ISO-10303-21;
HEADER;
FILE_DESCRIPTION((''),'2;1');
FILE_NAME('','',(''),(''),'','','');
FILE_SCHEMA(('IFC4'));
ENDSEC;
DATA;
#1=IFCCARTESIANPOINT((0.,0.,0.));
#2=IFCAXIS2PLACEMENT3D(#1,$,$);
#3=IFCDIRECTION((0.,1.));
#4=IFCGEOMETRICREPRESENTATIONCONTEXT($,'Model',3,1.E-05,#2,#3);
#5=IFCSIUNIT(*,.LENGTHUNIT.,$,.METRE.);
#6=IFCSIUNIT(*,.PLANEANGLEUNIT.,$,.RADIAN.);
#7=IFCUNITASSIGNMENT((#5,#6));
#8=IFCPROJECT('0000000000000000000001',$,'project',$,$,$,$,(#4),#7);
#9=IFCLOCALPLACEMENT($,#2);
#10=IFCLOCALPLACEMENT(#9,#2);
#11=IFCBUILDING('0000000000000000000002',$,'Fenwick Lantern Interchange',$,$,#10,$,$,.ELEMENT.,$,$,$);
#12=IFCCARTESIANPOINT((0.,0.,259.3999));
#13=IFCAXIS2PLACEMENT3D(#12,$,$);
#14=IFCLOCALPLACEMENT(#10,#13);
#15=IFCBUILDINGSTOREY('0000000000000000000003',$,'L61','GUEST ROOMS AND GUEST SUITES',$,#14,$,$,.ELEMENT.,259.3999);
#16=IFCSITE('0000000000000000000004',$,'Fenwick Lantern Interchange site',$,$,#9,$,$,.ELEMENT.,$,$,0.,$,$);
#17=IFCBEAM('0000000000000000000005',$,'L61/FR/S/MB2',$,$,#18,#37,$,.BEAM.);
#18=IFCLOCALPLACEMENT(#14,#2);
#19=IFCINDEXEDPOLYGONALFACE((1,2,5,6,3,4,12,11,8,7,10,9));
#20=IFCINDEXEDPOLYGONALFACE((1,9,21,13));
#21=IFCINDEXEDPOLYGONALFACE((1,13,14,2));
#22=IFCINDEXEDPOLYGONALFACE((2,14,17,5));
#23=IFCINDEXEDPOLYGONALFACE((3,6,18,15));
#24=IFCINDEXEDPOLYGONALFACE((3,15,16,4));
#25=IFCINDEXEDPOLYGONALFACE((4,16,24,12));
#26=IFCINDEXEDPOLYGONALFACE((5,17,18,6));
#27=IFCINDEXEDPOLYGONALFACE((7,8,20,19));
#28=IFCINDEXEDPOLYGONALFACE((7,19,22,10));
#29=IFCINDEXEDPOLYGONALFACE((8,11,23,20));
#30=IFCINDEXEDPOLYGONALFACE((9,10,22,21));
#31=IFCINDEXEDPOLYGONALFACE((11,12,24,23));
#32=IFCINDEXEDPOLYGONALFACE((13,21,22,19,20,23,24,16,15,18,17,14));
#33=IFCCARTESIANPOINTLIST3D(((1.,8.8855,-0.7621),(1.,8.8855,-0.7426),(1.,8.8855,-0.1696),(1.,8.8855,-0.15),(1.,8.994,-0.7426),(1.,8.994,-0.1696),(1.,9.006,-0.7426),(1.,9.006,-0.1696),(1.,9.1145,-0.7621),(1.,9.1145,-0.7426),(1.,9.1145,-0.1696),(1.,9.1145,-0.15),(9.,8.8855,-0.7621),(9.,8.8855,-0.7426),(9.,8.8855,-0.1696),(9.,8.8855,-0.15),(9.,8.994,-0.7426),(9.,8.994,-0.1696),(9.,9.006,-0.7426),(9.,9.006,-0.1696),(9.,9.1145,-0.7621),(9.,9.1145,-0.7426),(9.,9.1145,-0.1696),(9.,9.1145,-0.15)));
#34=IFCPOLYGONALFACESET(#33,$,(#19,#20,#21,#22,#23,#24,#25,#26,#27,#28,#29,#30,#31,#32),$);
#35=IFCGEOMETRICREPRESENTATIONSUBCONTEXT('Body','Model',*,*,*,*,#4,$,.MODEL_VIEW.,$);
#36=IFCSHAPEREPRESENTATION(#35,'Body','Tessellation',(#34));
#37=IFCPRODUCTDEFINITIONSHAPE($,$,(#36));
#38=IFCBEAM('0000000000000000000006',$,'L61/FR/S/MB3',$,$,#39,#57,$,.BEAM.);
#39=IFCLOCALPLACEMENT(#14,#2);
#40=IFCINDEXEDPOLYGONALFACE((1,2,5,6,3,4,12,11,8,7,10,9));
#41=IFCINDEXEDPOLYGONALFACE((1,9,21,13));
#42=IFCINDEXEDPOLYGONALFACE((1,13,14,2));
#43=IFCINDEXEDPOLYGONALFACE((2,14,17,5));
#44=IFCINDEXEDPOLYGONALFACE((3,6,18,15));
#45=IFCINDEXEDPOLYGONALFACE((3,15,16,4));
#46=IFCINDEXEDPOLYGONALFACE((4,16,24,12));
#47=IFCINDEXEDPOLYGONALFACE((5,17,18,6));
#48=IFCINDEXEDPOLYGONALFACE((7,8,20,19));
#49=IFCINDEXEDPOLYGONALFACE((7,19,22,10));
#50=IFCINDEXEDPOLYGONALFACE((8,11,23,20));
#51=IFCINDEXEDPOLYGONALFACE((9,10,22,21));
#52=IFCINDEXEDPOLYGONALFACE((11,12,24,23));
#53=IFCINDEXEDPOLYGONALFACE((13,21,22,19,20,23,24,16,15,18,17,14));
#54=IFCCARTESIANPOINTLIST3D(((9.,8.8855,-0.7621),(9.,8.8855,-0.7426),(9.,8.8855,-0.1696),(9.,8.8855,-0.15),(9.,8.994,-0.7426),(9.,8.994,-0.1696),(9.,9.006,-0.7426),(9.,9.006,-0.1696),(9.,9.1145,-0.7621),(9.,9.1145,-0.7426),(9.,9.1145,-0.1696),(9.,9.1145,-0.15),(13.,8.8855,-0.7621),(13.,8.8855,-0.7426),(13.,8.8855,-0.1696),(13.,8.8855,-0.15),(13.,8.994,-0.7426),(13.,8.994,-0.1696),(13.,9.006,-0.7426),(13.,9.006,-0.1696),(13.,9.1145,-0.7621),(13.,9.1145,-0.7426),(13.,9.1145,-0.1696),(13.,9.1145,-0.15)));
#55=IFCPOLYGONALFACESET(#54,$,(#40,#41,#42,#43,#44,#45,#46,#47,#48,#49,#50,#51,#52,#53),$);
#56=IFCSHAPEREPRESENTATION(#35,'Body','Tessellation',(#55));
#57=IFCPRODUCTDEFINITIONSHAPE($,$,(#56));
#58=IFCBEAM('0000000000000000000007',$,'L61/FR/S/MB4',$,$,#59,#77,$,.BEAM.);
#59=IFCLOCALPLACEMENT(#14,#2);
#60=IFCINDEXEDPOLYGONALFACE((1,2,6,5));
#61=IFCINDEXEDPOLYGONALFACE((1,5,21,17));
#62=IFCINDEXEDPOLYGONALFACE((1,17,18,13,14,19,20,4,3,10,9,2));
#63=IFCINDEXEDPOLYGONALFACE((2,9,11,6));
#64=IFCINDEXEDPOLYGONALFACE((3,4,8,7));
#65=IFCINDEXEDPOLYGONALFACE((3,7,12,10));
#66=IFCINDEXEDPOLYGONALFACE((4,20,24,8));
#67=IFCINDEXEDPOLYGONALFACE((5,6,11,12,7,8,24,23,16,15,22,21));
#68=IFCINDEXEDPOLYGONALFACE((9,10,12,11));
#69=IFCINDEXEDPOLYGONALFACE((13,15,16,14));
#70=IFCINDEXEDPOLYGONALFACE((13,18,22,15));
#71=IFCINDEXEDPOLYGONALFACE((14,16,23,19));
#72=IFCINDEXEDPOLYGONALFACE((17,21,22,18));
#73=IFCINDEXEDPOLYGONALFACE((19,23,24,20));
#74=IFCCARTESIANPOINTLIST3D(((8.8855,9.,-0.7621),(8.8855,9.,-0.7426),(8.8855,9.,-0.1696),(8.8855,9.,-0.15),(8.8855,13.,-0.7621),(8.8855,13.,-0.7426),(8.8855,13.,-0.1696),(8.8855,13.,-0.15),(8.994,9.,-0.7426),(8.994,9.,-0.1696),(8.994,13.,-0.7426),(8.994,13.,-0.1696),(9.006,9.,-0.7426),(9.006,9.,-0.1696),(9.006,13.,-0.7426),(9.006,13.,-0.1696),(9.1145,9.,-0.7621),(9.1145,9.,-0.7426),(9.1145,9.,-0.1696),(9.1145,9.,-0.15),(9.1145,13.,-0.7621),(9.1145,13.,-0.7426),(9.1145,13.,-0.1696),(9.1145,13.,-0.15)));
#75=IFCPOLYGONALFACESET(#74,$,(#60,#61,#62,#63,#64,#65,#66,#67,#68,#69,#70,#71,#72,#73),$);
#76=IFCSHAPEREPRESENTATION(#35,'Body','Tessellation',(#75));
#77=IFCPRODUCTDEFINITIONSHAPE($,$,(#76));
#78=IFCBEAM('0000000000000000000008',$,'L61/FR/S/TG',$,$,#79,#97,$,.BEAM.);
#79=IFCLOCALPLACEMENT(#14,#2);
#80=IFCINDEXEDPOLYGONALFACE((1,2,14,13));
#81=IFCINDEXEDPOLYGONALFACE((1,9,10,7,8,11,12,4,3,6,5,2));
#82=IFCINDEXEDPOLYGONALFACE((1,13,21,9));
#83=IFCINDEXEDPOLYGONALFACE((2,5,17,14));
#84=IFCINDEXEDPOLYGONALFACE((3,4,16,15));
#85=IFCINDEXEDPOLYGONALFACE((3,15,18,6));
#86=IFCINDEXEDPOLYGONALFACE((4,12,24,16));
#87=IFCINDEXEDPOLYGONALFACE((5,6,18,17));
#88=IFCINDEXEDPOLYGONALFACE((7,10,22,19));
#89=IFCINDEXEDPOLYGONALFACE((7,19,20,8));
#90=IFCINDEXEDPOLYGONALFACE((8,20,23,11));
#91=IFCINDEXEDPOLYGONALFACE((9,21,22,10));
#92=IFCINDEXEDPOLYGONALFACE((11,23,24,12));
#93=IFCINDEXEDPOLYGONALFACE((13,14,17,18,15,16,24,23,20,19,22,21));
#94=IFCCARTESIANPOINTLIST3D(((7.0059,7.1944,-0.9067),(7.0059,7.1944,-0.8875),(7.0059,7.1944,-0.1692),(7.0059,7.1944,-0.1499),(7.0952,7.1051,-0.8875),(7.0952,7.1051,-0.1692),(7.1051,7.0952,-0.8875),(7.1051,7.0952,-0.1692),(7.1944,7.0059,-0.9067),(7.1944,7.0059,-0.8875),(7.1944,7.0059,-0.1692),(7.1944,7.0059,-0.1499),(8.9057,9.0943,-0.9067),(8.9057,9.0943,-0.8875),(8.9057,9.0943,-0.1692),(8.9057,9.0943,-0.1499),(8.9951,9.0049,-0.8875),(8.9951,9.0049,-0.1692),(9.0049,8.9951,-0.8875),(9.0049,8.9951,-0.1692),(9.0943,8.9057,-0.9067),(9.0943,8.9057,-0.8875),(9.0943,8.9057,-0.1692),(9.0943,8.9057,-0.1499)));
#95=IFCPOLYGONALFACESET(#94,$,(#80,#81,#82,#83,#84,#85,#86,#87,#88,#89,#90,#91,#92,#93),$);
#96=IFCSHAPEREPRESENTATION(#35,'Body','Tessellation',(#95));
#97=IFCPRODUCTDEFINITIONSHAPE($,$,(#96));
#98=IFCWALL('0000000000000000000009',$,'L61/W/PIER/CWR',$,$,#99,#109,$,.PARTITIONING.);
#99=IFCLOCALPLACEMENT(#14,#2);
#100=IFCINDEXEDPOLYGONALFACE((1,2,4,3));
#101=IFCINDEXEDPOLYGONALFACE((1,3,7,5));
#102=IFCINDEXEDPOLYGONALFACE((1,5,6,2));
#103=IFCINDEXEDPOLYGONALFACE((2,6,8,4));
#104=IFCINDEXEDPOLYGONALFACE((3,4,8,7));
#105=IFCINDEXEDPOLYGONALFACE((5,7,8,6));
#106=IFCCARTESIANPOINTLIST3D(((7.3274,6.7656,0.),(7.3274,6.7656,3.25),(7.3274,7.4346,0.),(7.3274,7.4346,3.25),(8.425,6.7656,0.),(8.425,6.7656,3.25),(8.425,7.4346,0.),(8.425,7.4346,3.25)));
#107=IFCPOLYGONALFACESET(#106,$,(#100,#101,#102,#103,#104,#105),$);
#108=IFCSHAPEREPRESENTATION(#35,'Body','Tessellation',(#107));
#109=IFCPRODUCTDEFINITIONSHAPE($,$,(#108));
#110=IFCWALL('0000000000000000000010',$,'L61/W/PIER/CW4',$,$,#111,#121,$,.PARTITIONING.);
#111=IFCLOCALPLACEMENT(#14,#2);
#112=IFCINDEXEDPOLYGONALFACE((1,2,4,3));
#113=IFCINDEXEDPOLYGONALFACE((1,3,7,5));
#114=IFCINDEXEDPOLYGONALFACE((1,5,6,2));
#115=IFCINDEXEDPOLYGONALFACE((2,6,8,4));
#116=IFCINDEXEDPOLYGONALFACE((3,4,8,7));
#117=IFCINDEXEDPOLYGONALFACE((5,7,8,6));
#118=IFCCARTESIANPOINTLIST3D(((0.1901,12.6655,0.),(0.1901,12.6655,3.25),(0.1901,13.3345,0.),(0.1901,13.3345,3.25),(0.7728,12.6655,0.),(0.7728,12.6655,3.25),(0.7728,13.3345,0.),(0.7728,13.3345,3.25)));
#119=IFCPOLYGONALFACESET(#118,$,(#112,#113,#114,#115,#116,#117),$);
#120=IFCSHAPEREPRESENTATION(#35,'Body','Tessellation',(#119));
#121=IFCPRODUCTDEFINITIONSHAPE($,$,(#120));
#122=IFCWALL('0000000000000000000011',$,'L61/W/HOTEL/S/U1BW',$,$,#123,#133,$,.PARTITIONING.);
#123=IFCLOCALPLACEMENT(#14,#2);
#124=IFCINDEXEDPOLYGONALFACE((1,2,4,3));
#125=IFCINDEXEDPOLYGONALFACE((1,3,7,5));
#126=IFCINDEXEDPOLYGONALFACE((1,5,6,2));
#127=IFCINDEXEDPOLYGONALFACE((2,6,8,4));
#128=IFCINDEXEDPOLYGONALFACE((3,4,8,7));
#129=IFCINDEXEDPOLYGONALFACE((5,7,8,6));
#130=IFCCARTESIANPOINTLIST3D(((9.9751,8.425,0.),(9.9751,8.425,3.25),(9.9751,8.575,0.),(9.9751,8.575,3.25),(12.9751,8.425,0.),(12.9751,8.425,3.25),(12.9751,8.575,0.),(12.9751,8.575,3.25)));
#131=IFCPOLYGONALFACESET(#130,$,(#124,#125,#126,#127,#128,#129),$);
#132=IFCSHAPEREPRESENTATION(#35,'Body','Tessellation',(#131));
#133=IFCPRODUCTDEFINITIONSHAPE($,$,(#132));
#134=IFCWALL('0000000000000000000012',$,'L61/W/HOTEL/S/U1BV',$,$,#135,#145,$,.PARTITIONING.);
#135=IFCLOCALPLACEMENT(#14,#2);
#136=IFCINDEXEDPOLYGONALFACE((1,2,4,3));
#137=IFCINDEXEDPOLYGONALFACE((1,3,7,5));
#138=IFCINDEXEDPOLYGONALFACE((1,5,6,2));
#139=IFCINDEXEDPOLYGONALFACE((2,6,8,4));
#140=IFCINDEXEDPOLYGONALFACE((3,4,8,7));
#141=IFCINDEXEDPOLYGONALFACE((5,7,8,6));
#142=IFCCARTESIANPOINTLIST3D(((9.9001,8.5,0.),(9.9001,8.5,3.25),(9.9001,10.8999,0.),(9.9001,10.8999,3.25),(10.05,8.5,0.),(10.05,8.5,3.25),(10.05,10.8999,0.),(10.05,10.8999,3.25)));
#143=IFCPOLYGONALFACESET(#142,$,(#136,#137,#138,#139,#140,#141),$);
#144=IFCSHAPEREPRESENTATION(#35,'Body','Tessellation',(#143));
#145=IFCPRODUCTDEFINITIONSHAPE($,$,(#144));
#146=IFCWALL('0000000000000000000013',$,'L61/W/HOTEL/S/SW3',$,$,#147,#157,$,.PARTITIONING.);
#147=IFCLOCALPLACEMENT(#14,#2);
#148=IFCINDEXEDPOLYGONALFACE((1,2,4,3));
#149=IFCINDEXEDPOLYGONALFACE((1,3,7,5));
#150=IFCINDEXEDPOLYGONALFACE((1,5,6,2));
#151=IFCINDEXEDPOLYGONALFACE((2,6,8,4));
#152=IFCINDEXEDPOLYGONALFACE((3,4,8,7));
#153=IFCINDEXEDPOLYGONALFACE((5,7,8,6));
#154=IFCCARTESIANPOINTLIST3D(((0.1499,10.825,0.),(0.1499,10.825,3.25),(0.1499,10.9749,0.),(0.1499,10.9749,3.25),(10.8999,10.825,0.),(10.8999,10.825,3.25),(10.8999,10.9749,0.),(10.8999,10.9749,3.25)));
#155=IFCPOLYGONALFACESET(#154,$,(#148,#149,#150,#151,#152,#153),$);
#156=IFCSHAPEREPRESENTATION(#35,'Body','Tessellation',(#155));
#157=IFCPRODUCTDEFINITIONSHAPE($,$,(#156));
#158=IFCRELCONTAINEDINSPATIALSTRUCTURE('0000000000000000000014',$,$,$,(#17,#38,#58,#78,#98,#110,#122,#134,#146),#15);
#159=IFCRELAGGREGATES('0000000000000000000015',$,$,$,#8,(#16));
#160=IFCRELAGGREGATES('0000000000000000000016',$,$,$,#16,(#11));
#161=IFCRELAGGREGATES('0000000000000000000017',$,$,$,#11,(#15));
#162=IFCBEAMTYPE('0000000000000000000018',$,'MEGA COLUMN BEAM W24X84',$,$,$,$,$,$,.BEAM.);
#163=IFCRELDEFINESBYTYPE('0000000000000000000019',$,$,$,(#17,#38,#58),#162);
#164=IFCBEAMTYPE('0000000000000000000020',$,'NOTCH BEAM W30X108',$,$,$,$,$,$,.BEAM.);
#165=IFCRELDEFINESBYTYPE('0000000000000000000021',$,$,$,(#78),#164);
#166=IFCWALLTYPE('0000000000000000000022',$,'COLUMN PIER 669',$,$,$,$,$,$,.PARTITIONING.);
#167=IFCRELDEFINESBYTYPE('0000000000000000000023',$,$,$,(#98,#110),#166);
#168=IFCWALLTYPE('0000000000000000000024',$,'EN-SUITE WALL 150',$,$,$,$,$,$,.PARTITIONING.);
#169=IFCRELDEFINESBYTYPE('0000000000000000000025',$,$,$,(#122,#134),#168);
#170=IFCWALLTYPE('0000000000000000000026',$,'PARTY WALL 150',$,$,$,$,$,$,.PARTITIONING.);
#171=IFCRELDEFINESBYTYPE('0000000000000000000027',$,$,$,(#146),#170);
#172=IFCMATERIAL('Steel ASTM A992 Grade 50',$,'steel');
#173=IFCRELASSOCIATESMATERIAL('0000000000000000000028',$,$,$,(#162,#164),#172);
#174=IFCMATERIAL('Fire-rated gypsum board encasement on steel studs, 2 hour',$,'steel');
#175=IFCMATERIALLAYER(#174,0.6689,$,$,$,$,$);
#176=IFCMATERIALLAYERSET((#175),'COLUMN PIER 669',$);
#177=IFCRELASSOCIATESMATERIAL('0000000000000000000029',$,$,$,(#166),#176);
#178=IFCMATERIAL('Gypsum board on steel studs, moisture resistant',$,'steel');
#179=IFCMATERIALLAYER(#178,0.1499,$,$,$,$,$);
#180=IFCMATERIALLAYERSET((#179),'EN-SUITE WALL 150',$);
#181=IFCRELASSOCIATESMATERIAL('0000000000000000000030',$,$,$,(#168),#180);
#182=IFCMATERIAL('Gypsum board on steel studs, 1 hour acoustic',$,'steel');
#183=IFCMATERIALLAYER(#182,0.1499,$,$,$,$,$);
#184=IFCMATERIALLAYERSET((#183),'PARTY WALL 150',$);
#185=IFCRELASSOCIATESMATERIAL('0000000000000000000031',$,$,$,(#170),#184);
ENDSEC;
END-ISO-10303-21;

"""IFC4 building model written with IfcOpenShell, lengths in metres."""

from ifc_helpers import new_model, si_unit, direction, frame, frame_2d, origin, origin_2d, place, context, subcontext, project, spatial, rectangle, i_section, extrude, material, layer, layer_set, material_profile, profile_set, type_object, element, save


model = new_model("IFC4")

# Units and contexts
model_context = context("Model", 3, precision=1e-05, world=origin(), true_north=direction((0.0, 1.0)))
body_context = subcontext(model_context, "Body", "Model", "MODEL_VIEW")
ifc_project = project(units=[si_unit("LENGTHUNIT", "METRE"), si_unit("PLANEANGLEUNIT", "RADIAN")], contexts=[model_context])

# Site, building, storey
site_placement = place(None, origin())
site = spatial("IfcSite", under=ifc_project, at=site_placement, Name="Fenwick Lantern Interchange site", CompositionType="ELEMENT", RefElevation=0.0)
building_placement = place(site_placement, origin())
building = spatial("IfcBuilding", under=site, at=building_placement, Name="Fenwick Lantern Interchange", CompositionType="ELEMENT")
storey_placement = place(building_placement, frame((0.0, 0.0, 259.3999)))
storey = spatial("IfcBuildingStorey", under=building, at=storey_placement, Name="L61", Description="GUEST ROOMS AND GUEST SUITES", CompositionType="ELEMENT", Elevation=259.3999)

# Shared definitions
ifc_material_1 = material(Name="Steel ASTM A992 Grade 50", Category="steel")

# Beams
ifc_material_profile_1 = material_profile(ifc_material_1, i_section(OverallWidth=0.229, OverallDepth=0.6121, WebThickness=0.012, FlangeThickness=0.0195, at=origin_2d()), Name="W24X84")
ifc_profile_set_1 = profile_set([ifc_material_profile_1], Name="Steel ASTM A992 Grade 50")
beam_type_1 = type_object("IfcBeamType", Name="MEGA COLUMN BEAM W24X84", PredefinedType="BEAM", material=ifc_profile_set_1)
for number, where, z_axis, x_axis, name in (
    (1, (9.0, 9.0, -0.4561), (-1.0, 0.0, 0.0), (0.0, -1.0, 0.0), "L61/FR/S/MB2"),
):
    element("IfcBeam", number, at=place(storey_placement, frame(where, z_axis=z_axis, x_axis=x_axis)), inside=storey, type_object=beam_type_1, Name=name, PredefinedType="BEAM", context=body_context, shape_type="SweptSolid", body=[
        extrude(i_section(OverallWidth=0.229, OverallDepth=0.6121, WebThickness=0.012, FlangeThickness=0.0195, at=origin_2d()), origin(), (0.0, 0.0, 1.0), 8.0),
    ])
for number, where, z_axis, x_axis, name in (
    (2, (9.0, 9.0, -0.4561), (1.0, 0.0, 0.0), (0.0, 1.0, 0.0), "L61/FR/S/MB3"),
    (3, (9.0, 9.0, -0.4561), (0.0, 1.0, 0.0), (-1.0, 0.0, 0.0), "L61/FR/S/MB4"),
):
    element("IfcBeam", number, at=place(storey_placement, frame(where, z_axis=z_axis, x_axis=x_axis)), inside=storey, type_object=beam_type_1, Name=name, PredefinedType="BEAM", context=body_context, shape_type="SweptSolid", body=[
        extrude(i_section(OverallWidth=0.229, OverallDepth=0.6121, WebThickness=0.012, FlangeThickness=0.0195, at=origin_2d()), origin(), (0.0, 0.0, 1.0), 4.0),
    ])
ifc_material_profile_2 = material_profile(ifc_material_1, i_section(OverallWidth=0.2666, OverallDepth=0.7568, WebThickness=0.0139, FlangeThickness=0.0193, at=origin_2d()), Name="W30X108")
ifc_profile_set_2 = profile_set([ifc_material_profile_2], Name="Steel ASTM A992 Grade 50")
beam_type_2 = type_object("IfcBeamType", Name="NOTCH BEAM W30X108", PredefinedType="BEAM", material=ifc_profile_set_2)
beam_1_placement = place(storey_placement, frame((9.0, 9.0, -0.5283), z_axis=(-0.707107, -0.707107, 0.0), x_axis=(0.707107, -0.707107, 0.0)))
element("IfcBeam", 4, at=beam_1_placement, inside=storey, type_object=beam_type_2, Name="L61/FR/S/TG", PredefinedType="BEAM", context=body_context, shape_type="SweptSolid", body=[
    extrude(i_section(OverallWidth=0.2666, OverallDepth=0.7568, WebThickness=0.0139, FlangeThickness=0.0193, at=origin_2d()), origin(), (0.0, 0.0, 1.0), 2.6868),
])

# Walls
ifc_material_2 = material(Name="Fire-rated gypsum board encasement on steel studs, 2 hour", Category="steel")
ifc_layer_1 = layer(ifc_material_2, 0.6689)
ifc_layer_set_1 = layer_set([ifc_layer_1], Name="COLUMN PIER 669")
wall_type_1 = type_object("IfcWallType", Name="COLUMN PIER 669", PredefinedType="PARTITIONING", material=ifc_layer_set_1)
wall_1_placement = place(storey_placement, frame((8.425, 7.1001, 0.0), z_axis=(0.0, 0.0, 1.0), x_axis=(-1.0, 0.0, 0.0)))
element("IfcWall", 5, at=wall_1_placement, inside=storey, type_object=wall_type_1, Name="L61/W/PIER/CWR", PredefinedType="PARTITIONING", context=body_context, shape_type="SweptSolid", body=[
    extrude(rectangle(XDim=1.0977, YDim=0.6689, at=frame_2d((0.5488, 0.0))), origin(), (0.0, 0.0, 1.0), 3.25),
])
wall_2_placement = place(storey_placement, frame((0.1899, 13.0, 0.0), z_axis=(0.0, 0.0, 1.0), x_axis=(1.0, 0.0, 0.0)))
element("IfcWall", 6, at=wall_2_placement, inside=storey, type_object=wall_type_1, Name="L61/W/PIER/CW4", PredefinedType="PARTITIONING", context=body_context, shape_type="SweptSolid", body=[
    extrude(rectangle(XDim=0.5828, YDim=0.6689, at=frame_2d((0.2915, 0.0))), origin(), (0.0, 0.0, 1.0), 3.25),
])
ifc_material_3 = material(Name="Gypsum board on steel studs, moisture resistant", Category="steel")
ifc_layer_2 = layer(ifc_material_3, 0.1499)
ifc_layer_set_2 = layer_set([ifc_layer_2], Name="EN-SUITE WALL 150")
wall_type_2 = type_object("IfcWallType", Name="EN-SUITE WALL 150", PredefinedType="PARTITIONING", material=ifc_layer_set_2)
wall_3_placement = place(storey_placement, frame((9.9751, 8.5, 0.0), z_axis=(0.0, 0.0, 1.0), x_axis=(1.0, 0.0, 0.0)))
element("IfcWall", 7, at=wall_3_placement, inside=storey, type_object=wall_type_2, Name="L61/W/HOTEL/S/U1BW", PredefinedType="PARTITIONING", context=body_context, shape_type="SweptSolid", body=[
    extrude(rectangle(XDim=3.0, YDim=0.1499, at=frame_2d((1.5, 0.0))), origin(), (0.0, 0.0, 1.0), 3.25),
])
wall_4_placement = place(storey_placement, frame((9.9751, 8.5, 0.0), z_axis=(0.0, 0.0, 1.0), x_axis=(0.0, 1.0, 0.0)))
element("IfcWall", 8, at=wall_4_placement, inside=storey, type_object=wall_type_2, Name="L61/W/HOTEL/S/U1BV", PredefinedType="PARTITIONING", context=body_context, shape_type="SweptSolid", body=[
    extrude(rectangle(XDim=2.3999, YDim=0.1499, at=frame_2d((1.2, 0.0))), origin(), (0.0, 0.0, 1.0), 3.25),
])
ifc_material_4 = material(Name="Gypsum board on steel studs, 1 hour acoustic", Category="steel")
ifc_layer_3 = layer(ifc_material_4, 0.1499)
ifc_layer_set_3 = layer_set([ifc_layer_3], Name="PARTY WALL 150")
wall_type_3 = type_object("IfcWallType", Name="PARTY WALL 150", PredefinedType="PARTITIONING", material=ifc_layer_set_3)
wall_5_placement = place(storey_placement, frame((0.1499, 10.8999, 0.0), z_axis=(0.0, 0.0, 1.0), x_axis=(1.0, 0.0, 0.0)))
element("IfcWall", 9, at=wall_5_placement, inside=storey, type_object=wall_type_3, Name="L61/W/HOTEL/S/SW3", PredefinedType="PARTITIONING", context=body_context, shape_type="SweptSolid", body=[
    extrude(rectangle(XDim=10.75, YDim=0.1499, at=frame_2d((5.375, 0.0))), origin(), (0.0, 0.0, 1.0), 3.25),
])

save(model, "model.ifc")
